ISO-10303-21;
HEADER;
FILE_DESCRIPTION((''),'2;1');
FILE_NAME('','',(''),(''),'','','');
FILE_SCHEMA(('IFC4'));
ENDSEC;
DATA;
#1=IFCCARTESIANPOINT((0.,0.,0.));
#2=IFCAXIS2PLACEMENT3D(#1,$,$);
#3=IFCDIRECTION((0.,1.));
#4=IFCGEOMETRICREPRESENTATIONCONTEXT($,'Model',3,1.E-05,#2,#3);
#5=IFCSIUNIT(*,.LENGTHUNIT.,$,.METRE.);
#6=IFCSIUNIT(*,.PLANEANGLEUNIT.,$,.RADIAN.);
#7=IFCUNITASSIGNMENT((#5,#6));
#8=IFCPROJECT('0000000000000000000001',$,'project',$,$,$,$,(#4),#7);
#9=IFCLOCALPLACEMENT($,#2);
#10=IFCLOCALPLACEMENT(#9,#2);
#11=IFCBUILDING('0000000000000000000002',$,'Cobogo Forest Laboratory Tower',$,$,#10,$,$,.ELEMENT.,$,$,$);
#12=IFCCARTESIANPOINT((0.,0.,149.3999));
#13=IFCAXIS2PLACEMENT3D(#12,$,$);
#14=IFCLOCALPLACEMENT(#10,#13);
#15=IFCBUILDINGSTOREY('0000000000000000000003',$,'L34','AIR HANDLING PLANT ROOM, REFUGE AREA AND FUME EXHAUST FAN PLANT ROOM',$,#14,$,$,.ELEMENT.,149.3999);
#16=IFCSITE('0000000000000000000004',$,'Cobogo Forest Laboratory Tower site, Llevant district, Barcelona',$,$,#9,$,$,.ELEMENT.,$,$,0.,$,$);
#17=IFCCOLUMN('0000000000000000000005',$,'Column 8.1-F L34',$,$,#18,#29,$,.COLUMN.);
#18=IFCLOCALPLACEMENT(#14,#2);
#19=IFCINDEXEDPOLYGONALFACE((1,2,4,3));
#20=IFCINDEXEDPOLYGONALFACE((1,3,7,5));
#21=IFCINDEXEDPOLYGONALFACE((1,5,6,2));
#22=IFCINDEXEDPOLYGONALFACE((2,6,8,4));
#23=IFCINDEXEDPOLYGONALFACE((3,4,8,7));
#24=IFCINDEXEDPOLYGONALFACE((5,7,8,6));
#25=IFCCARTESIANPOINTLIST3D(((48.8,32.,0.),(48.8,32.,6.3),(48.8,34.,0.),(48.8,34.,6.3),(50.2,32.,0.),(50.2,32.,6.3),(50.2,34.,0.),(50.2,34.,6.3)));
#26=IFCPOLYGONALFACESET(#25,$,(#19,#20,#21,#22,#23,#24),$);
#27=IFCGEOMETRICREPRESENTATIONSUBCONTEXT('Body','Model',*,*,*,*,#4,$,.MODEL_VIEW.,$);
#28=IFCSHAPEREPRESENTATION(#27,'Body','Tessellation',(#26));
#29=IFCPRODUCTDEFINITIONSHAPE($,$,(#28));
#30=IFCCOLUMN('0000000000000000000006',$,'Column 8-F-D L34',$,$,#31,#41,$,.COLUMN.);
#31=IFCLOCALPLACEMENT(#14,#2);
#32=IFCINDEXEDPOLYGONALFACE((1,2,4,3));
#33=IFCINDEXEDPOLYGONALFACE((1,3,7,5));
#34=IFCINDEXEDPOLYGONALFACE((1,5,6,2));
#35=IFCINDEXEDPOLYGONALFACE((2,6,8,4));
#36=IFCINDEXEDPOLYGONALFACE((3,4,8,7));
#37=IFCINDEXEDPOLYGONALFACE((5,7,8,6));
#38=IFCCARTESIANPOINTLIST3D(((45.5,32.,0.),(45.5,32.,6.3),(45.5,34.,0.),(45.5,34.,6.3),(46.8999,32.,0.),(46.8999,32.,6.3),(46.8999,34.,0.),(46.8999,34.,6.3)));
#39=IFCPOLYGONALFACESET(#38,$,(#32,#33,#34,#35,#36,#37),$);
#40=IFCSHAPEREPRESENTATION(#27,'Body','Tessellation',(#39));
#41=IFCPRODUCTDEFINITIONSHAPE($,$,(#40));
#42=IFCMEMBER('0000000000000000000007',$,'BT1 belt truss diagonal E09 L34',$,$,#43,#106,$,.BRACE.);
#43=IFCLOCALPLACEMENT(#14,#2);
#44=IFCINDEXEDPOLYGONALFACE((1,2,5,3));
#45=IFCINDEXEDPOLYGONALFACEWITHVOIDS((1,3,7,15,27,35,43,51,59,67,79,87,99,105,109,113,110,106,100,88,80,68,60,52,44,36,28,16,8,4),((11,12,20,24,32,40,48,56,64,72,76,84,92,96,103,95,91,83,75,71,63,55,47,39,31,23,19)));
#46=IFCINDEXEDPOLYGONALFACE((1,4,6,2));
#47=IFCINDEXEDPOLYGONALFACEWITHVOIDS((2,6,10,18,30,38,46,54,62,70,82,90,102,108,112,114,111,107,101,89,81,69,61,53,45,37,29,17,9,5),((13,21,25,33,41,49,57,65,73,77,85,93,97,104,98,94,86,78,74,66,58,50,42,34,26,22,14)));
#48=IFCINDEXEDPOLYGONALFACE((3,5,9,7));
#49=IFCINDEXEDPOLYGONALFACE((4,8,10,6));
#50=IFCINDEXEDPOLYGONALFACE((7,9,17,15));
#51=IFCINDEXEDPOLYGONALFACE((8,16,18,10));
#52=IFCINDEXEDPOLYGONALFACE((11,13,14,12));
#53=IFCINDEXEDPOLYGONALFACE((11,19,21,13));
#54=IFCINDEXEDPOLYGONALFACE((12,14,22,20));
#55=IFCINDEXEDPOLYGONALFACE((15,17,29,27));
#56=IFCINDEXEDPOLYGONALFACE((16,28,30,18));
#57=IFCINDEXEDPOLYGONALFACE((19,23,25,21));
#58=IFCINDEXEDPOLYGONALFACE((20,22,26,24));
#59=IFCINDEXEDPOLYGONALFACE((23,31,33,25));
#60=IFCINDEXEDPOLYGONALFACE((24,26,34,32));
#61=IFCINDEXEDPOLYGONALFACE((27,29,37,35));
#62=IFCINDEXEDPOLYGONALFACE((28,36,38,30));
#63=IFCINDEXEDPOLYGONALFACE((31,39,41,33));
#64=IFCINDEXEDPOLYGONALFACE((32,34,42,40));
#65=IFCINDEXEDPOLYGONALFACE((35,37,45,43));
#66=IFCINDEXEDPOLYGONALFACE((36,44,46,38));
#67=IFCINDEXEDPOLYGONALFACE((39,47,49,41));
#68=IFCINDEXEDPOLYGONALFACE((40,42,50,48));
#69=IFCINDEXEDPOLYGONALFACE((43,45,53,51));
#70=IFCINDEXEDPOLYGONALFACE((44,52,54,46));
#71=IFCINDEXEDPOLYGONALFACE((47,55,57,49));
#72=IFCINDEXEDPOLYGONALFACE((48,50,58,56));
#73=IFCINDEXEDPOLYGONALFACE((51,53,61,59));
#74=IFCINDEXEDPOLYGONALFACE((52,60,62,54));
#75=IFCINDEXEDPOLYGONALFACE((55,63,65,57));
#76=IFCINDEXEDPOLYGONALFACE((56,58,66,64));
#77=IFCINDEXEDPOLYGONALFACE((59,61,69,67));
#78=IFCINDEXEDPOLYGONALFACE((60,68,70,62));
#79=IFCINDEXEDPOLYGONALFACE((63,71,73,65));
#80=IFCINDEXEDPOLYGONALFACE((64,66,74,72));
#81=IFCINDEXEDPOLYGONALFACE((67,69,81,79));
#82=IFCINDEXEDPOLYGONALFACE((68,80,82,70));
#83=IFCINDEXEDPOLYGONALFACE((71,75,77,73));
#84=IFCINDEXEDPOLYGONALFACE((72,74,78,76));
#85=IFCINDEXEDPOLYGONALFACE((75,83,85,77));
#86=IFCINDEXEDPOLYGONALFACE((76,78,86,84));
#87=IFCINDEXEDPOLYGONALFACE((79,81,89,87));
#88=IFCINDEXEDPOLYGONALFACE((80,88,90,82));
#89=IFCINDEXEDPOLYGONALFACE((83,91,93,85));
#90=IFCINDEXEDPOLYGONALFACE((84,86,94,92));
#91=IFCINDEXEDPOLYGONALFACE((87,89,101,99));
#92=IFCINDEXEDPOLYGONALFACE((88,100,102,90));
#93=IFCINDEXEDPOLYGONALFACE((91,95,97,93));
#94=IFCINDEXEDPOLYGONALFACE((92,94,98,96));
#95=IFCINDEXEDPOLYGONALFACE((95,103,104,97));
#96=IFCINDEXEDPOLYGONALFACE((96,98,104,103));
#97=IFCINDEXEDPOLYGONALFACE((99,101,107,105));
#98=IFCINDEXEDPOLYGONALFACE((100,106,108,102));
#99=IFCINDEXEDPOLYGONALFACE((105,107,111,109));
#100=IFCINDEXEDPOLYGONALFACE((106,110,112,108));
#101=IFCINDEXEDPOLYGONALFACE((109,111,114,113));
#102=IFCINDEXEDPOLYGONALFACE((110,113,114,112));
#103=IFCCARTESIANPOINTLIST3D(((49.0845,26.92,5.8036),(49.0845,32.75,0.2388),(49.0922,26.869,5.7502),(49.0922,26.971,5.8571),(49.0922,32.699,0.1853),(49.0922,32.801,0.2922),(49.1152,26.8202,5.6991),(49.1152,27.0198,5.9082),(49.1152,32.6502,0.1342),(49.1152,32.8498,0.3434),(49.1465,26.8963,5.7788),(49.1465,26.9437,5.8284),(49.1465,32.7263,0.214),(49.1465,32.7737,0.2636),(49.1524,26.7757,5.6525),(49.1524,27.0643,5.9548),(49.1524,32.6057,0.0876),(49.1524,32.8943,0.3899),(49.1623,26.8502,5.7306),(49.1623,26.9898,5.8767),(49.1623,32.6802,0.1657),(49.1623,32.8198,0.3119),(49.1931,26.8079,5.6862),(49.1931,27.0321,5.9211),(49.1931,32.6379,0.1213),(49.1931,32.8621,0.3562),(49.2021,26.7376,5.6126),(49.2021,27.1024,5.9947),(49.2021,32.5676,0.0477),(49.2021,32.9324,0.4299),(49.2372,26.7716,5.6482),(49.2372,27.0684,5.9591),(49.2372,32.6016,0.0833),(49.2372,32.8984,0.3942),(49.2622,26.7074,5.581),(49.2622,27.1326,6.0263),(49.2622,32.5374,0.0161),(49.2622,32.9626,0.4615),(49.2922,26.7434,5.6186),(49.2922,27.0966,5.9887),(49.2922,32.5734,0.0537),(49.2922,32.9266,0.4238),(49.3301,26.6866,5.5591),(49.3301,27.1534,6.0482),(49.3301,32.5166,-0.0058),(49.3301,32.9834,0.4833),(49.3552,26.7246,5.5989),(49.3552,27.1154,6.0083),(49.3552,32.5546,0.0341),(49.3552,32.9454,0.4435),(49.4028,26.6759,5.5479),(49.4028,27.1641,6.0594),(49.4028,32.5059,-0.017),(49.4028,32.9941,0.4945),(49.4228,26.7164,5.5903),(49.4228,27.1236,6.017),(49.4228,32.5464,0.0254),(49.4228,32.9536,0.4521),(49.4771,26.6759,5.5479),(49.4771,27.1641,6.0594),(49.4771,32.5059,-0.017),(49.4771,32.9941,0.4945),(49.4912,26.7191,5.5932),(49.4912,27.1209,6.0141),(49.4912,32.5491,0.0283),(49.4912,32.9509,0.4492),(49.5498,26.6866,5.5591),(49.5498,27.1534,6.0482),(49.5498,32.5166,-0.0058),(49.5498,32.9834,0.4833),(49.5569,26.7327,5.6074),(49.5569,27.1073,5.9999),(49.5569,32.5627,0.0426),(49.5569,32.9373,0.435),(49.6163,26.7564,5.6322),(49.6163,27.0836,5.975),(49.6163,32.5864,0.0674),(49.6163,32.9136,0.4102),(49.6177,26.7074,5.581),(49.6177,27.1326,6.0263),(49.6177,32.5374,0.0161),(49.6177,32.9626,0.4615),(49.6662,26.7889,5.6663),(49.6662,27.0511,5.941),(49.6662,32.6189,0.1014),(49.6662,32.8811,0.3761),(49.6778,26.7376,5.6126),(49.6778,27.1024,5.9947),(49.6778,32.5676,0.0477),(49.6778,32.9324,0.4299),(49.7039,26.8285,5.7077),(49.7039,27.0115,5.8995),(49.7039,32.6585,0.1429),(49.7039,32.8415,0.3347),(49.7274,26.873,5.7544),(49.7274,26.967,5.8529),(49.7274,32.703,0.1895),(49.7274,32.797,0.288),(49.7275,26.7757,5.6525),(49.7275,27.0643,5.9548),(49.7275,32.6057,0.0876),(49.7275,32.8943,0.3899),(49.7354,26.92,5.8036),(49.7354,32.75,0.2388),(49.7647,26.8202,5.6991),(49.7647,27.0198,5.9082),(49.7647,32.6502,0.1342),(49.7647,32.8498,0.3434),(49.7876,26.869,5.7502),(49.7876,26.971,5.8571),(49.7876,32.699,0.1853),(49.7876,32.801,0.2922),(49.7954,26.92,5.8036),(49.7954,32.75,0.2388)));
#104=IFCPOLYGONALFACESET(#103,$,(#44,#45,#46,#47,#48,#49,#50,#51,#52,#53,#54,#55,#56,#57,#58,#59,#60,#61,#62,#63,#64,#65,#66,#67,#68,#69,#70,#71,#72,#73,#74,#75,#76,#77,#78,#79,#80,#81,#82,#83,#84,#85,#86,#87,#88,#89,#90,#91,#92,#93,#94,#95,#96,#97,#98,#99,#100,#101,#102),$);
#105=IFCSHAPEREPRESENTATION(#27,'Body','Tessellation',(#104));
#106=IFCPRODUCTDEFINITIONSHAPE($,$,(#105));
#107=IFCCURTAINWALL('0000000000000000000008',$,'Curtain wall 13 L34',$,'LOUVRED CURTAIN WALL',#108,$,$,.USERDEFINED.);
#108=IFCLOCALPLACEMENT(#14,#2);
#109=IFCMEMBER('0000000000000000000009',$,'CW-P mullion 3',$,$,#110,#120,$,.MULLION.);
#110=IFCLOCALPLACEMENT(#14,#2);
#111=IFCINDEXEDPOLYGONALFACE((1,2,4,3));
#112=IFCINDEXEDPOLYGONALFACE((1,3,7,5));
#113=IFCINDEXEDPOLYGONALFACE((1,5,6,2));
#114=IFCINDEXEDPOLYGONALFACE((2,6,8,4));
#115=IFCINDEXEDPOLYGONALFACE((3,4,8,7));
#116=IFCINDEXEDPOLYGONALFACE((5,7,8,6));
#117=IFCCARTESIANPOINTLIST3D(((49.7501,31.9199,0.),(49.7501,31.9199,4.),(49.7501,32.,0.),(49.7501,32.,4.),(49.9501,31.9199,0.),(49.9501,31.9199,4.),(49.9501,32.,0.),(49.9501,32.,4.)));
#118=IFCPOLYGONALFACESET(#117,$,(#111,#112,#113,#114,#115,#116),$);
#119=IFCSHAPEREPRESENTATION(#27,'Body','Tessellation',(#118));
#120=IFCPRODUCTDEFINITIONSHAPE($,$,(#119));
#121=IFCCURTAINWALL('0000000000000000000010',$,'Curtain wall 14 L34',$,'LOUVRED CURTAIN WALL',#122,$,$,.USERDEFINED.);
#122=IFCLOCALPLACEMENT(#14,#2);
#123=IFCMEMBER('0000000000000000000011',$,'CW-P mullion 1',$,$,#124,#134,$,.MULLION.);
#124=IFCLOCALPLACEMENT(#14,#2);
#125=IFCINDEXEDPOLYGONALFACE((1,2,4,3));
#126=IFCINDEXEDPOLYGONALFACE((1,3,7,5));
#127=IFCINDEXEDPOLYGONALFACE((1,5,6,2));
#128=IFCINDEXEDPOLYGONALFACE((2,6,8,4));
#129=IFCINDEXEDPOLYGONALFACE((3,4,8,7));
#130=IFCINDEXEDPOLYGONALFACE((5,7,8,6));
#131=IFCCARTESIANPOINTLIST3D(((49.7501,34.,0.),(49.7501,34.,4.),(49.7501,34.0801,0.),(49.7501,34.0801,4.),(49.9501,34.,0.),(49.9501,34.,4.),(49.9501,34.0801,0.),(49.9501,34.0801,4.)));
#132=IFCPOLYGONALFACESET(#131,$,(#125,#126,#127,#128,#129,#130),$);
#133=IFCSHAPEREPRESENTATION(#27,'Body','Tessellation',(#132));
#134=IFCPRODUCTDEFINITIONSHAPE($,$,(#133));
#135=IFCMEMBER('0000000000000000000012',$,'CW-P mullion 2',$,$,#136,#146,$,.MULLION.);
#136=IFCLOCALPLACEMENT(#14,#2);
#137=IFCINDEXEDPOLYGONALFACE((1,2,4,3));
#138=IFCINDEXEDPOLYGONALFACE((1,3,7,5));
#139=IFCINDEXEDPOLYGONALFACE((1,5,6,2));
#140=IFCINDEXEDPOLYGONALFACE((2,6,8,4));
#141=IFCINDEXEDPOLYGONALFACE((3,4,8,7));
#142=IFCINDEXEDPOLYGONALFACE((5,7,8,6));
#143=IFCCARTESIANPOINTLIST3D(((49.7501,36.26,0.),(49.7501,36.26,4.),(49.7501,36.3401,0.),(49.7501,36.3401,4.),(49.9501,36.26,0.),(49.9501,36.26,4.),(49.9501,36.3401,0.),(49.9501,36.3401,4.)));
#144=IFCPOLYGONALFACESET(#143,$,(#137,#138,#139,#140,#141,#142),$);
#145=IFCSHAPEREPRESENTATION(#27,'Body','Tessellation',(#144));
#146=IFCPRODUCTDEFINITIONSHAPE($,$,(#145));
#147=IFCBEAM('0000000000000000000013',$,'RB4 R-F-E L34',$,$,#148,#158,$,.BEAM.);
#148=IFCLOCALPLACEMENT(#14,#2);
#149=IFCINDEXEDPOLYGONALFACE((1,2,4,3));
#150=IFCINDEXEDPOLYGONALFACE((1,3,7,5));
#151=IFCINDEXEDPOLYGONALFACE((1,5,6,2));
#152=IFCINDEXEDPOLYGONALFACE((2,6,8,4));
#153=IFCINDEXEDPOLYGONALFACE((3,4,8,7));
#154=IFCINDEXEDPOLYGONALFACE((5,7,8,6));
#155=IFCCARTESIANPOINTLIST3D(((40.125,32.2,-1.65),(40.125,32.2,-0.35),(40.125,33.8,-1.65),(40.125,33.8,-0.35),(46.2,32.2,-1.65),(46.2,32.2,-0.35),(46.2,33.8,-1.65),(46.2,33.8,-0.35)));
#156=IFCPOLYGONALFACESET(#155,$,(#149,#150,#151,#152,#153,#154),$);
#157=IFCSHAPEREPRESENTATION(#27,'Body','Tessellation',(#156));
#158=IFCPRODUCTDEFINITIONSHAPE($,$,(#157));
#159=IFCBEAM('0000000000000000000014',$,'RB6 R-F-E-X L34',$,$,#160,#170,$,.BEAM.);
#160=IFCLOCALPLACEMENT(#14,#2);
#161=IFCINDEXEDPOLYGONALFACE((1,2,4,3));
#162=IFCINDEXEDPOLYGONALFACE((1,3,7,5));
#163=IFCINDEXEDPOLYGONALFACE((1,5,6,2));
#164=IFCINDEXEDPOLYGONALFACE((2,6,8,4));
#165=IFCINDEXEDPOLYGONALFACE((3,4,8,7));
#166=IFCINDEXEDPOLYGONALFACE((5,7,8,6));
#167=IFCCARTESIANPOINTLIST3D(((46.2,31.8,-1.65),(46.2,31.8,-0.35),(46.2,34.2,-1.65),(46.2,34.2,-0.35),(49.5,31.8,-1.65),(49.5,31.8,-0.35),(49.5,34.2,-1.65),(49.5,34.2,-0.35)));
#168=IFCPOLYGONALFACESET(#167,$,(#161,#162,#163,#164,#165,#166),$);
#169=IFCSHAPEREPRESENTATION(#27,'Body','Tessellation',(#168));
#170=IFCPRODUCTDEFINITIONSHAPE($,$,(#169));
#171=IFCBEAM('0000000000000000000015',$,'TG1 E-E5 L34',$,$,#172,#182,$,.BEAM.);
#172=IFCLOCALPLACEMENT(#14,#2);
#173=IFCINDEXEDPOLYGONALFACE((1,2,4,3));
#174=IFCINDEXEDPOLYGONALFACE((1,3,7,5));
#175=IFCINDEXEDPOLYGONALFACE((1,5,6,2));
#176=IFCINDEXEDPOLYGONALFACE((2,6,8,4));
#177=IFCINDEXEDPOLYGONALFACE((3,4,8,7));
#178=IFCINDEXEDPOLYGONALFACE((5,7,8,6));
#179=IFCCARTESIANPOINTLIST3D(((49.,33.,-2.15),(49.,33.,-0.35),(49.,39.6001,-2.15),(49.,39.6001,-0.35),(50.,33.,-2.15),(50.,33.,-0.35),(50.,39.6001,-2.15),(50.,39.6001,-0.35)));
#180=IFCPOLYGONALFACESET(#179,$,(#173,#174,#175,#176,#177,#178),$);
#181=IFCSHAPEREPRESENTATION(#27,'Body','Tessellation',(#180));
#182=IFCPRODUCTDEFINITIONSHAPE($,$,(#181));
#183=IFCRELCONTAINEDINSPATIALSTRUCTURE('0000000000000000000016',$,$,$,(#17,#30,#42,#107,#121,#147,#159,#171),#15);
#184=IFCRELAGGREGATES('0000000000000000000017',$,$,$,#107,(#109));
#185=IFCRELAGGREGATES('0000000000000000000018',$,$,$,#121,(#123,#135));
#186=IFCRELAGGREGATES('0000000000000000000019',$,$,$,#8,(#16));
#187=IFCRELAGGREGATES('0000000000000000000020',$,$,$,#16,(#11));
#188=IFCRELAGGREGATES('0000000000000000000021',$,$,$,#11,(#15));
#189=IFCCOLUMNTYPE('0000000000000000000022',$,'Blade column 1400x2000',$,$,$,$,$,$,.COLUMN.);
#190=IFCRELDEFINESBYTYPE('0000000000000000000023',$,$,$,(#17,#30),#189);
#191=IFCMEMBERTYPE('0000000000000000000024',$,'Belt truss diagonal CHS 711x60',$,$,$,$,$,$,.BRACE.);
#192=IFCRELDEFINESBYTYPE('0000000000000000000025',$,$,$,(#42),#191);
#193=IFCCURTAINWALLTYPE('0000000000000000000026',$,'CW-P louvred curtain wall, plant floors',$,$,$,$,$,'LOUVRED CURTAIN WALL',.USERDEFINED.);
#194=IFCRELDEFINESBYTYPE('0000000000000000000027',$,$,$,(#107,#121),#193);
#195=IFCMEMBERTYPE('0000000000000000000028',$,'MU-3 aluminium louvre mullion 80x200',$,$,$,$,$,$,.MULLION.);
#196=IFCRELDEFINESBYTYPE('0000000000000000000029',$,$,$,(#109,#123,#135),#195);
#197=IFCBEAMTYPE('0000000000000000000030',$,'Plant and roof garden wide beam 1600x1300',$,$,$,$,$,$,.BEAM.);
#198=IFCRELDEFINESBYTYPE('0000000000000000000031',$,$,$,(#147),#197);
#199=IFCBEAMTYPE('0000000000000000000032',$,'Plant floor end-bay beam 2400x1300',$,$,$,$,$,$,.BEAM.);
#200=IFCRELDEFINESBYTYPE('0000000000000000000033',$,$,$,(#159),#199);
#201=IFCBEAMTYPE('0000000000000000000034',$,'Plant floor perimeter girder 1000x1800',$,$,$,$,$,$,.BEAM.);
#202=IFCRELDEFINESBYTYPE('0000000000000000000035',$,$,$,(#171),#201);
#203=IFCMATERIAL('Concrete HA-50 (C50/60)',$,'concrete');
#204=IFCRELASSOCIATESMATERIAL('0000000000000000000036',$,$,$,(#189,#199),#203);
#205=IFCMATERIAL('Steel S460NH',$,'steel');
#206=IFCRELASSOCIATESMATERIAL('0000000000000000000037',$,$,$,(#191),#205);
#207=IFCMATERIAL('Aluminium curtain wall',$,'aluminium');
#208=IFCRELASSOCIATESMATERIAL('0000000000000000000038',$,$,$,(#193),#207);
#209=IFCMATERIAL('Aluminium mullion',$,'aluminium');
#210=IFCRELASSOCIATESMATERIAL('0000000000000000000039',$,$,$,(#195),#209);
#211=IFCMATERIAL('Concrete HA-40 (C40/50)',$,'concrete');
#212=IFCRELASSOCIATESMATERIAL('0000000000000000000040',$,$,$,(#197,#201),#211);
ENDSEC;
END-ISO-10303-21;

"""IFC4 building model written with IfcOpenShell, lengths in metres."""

from ifc_helpers import new_model, si_unit, direction, frame, origin, origin_2d, place, context, subcontext, project, spatial, rectangle, hollow_circle, extrude, material, material_profile, profile_set, type_object, element, aggregate, save


model = new_model("IFC4")

# Units and contexts
model_context = context("Model", 3, precision=1e-05, world=origin(), true_north=direction((0.0, 1.0)))
body_context = subcontext(model_context, "Body", "Model", "MODEL_VIEW")
ifc_project = project(units=[si_unit("LENGTHUNIT", "METRE"), si_unit("PLANEANGLEUNIT", "RADIAN")], contexts=[model_context])

# Site, building, storey
site_placement = place(None, origin())
site = spatial("IfcSite", under=ifc_project, at=site_placement, Name="Cobogo Forest Laboratory Tower site, Llevant district, Barcelona", CompositionType="ELEMENT", RefElevation=0.0)
building_placement = place(site_placement, origin())
building = spatial("IfcBuilding", under=site, at=building_placement, Name="Cobogo Forest Laboratory Tower", CompositionType="ELEMENT")
storey_placement = place(building_placement, frame((0.0, 0.0, 149.3999)))
storey = spatial("IfcBuildingStorey", under=building, at=storey_placement, Name="L34", Description="AIR HANDLING PLANT ROOM, REFUGE AREA AND FUME EXHAUST FAN PLANT ROOM", CompositionType="ELEMENT", Elevation=149.3999)

# Columns
ifc_material_1 = material(Name="Concrete HA-50 (C50/60)", Category="concrete")
ifc_material_profile_1 = material_profile(ifc_material_1, rectangle(XDim=2.0, YDim=1.3999, at=origin_2d()), Name="RC 1400x2000")
ifc_profile_set_1 = profile_set([ifc_material_profile_1], Name="Concrete HA-50 (C50/60)")
column_type = type_object("IfcColumnType", Name="Blade column 1400x2000", PredefinedType="COLUMN", material=ifc_profile_set_1)
for number, where, z_axis, x_axis, name in (
    (1, (49.5, 33.0, 0.0), (0.0, 0.0, 1.0), (0.0, 1.0, 0.0), "Column 8.1-F L34"),
    (2, (46.2, 33.0, 0.0), (0.0, 0.0, 1.0), (0.0, 1.0, 0.0), "Column 8-F-D L34"),
):
    element("IfcColumn", number, at=place(storey_placement, frame(where, z_axis=z_axis, x_axis=x_axis)), inside=storey, type_object=column_type, Name=name, PredefinedType="COLUMN", context=body_context, shape_type="SweptSolid", body=[
        extrude(rectangle(XDim=2.0, YDim=1.3999, at=origin_2d()), origin(), (0.0, 0.0, 1.0), 6.3),
    ])

# Member
ifc_material_2 = material(Name="Steel S460NH", Category="steel")
ifc_material_profile_2 = material_profile(ifc_material_2, hollow_circle(Radius=0.3555, WallThickness=0.0601, at=origin_2d()), Name="CHS 711x60")
ifc_profile_set_2 = profile_set([ifc_material_profile_2], Name="Steel S460NH")
member_type_1 = type_object("IfcMemberType", Name="Belt truss diagonal CHS 711x60", PredefinedType="BRACE", material=ifc_profile_set_2)
member_1_placement = place(storey_placement, frame((49.4399, 32.75, 0.2388), z_axis=(0.0, -0.723364, 0.690467), x_axis=(1.0, 0.0, 0.0)))
element("IfcMember", 3, at=member_1_placement, inside=storey, type_object=member_type_1, Name="BT1 belt truss diagonal E09 L34", PredefinedType="BRACE", context=body_context, shape_type="SweptSolid", body=[
    extrude(hollow_circle(Radius=0.3555, WallThickness=0.0601, at=origin_2d()), origin(), (0.0, 0.0, 1.0), 8.0596),
])

# Curtain wall, member
ifc_material_3 = material(Name="Aluminium curtain wall", Category="aluminium")
curtain_wall_type = type_object("IfcCurtainWallType", Name="CW-P louvred curtain wall, plant floors", ElementType="LOUVRED CURTAIN WALL", PredefinedType="USERDEFINED", material=ifc_material_3)
curtain_wall_1_placement = place(storey_placement, origin())
curtain_wall_1 = element("IfcCurtainWall", 4, at=curtain_wall_1_placement, inside=storey, type_object=curtain_wall_type, Name="Curtain wall 13 L34", ObjectType="LOUVRED CURTAIN WALL", PredefinedType="USERDEFINED")
ifc_material_4 = material(Name="Aluminium mullion", Category="aluminium")
ifc_material_profile_3 = material_profile(ifc_material_4, rectangle(XDim=0.0801, YDim=0.2, at=origin_2d()), Name="AL 80x200")
ifc_profile_set_3 = profile_set([ifc_material_profile_3], Name="Aluminium mullion")
member_type_2 = type_object("IfcMemberType", Name="MU-3 aluminium louvre mullion 80x200", PredefinedType="MULLION", material=ifc_profile_set_3)
member_2_placement = place(storey_placement, frame((49.8501, 31.96, 0.0), z_axis=(0.0, 0.0, 1.0), x_axis=(0.0, 1.0, 0.0)))
member_2 = element("IfcMember", 5, at=member_2_placement, type_object=member_type_2, Name="CW-P mullion 3", PredefinedType="MULLION", context=body_context, shape_type="SweptSolid", body=[
    extrude(rectangle(XDim=0.0801, YDim=0.2, at=origin_2d()), origin(), (0.0, 0.0, 1.0), 4.0),
])

# Curtain wall, members
curtain_wall_2_placement = place(storey_placement, origin())
curtain_wall_2 = element("IfcCurtainWall", 6, at=curtain_wall_2_placement, inside=storey, type_object=curtain_wall_type, Name="Curtain wall 14 L34", ObjectType="LOUVRED CURTAIN WALL", PredefinedType="USERDEFINED")
member_3_placement = place(storey_placement, frame((49.8501, 34.04, 0.0), z_axis=(0.0, 0.0, 1.0), x_axis=(0.0, 1.0, 0.0)))
member_3 = element("IfcMember", 7, at=member_3_placement, type_object=member_type_2, Name="CW-P mullion 1", PredefinedType="MULLION", context=body_context, shape_type="SweptSolid", body=[
    extrude(rectangle(XDim=0.0801, YDim=0.2, at=origin_2d()), origin(), (0.0, 0.0, 1.0), 4.0),
])
member_4_placement = place(storey_placement, frame((49.8501, 36.3, 0.0), z_axis=(0.0, 0.0, 1.0), x_axis=(0.0, 1.0, 0.0)))
member_4 = element("IfcMember", 8, at=member_4_placement, type_object=member_type_2, Name="CW-P mullion 2", PredefinedType="MULLION", context=body_context, shape_type="SweptSolid", body=[
    extrude(rectangle(XDim=0.0801, YDim=0.2, at=origin_2d()), origin(), (0.0, 0.0, 1.0), 4.0),
])

# Beams
ifc_material_5 = material(Name="Concrete HA-40 (C40/50)", Category="concrete")
ifc_material_profile_4 = material_profile(ifc_material_5, rectangle(XDim=1.6001, YDim=1.3, at=origin_2d()), Name="RC 1600x1300")
ifc_profile_set_4 = profile_set([ifc_material_profile_4], Name="Concrete HA-40 (C40/50)")
beam_type_1 = type_object("IfcBeamType", Name="Plant and roof garden wide beam 1600x1300", PredefinedType="BEAM", material=ifc_profile_set_4)
beam_1_placement = place(storey_placement, frame((40.125, 33.0, -1.0), z_axis=(1.0, 0.0, 0.0), x_axis=(0.0, 1.0, 0.0)))
element("IfcBeam", 9, at=beam_1_placement, inside=storey, type_object=beam_type_1, Name="RB4 R-F-E L34", PredefinedType="BEAM", context=body_context, shape_type="SweptSolid", body=[
    extrude(rectangle(XDim=1.6001, YDim=1.3, at=origin_2d()), origin(), (0.0, 0.0, 1.0), 6.075),
])
ifc_material_profile_5 = material_profile(ifc_material_1, rectangle(XDim=2.3999, YDim=1.3, at=origin_2d()), Name="RC 2400x1300")
ifc_profile_set_5 = profile_set([ifc_material_profile_5], Name="Concrete HA-50 (C50/60)")
beam_type_2 = type_object("IfcBeamType", Name="Plant floor end-bay beam 2400x1300", PredefinedType="BEAM", material=ifc_profile_set_5)
beam_2_placement = place(storey_placement, frame((49.5, 33.0, -1.0), z_axis=(-1.0, 0.0, 0.0), x_axis=(0.0, -1.0, 0.0)))
element("IfcBeam", 10, at=beam_2_placement, inside=storey, type_object=beam_type_2, Name="RB6 R-F-E-X L34", PredefinedType="BEAM", context=body_context, shape_type="SweptSolid", body=[
    extrude(rectangle(XDim=2.3999, YDim=1.3, at=origin_2d()), origin(), (0.0, 0.0, 1.0), 3.3),
])
ifc_material_profile_6 = material_profile(ifc_material_5, rectangle(XDim=1.0, YDim=1.8, at=origin_2d()), Name="RC 1000x1800")
ifc_profile_set_6 = profile_set([ifc_material_profile_6], Name="Concrete HA-40 (C40/50)")
beam_type_3 = type_object("IfcBeamType", Name="Plant floor perimeter girder 1000x1800", PredefinedType="BEAM", material=ifc_profile_set_6)
beam_3_placement = place(storey_placement, frame((49.5, 33.0, -1.25), z_axis=(0.0, 1.0, 0.0), x_axis=(-1.0, 0.0, 0.0)))
element("IfcBeam", 11, at=beam_3_placement, inside=storey, type_object=beam_type_3, Name="TG1 E-E5 L34", PredefinedType="BEAM", context=body_context, shape_type="SweptSolid", body=[
    extrude(rectangle(XDim=1.0, YDim=1.8, at=origin_2d()), origin(), (0.0, 0.0, 1.0), 6.6001),
])

aggregate(curtain_wall_1, [member_2])
aggregate(curtain_wall_2, [member_3, member_4])

save(model, "model.ifc")
